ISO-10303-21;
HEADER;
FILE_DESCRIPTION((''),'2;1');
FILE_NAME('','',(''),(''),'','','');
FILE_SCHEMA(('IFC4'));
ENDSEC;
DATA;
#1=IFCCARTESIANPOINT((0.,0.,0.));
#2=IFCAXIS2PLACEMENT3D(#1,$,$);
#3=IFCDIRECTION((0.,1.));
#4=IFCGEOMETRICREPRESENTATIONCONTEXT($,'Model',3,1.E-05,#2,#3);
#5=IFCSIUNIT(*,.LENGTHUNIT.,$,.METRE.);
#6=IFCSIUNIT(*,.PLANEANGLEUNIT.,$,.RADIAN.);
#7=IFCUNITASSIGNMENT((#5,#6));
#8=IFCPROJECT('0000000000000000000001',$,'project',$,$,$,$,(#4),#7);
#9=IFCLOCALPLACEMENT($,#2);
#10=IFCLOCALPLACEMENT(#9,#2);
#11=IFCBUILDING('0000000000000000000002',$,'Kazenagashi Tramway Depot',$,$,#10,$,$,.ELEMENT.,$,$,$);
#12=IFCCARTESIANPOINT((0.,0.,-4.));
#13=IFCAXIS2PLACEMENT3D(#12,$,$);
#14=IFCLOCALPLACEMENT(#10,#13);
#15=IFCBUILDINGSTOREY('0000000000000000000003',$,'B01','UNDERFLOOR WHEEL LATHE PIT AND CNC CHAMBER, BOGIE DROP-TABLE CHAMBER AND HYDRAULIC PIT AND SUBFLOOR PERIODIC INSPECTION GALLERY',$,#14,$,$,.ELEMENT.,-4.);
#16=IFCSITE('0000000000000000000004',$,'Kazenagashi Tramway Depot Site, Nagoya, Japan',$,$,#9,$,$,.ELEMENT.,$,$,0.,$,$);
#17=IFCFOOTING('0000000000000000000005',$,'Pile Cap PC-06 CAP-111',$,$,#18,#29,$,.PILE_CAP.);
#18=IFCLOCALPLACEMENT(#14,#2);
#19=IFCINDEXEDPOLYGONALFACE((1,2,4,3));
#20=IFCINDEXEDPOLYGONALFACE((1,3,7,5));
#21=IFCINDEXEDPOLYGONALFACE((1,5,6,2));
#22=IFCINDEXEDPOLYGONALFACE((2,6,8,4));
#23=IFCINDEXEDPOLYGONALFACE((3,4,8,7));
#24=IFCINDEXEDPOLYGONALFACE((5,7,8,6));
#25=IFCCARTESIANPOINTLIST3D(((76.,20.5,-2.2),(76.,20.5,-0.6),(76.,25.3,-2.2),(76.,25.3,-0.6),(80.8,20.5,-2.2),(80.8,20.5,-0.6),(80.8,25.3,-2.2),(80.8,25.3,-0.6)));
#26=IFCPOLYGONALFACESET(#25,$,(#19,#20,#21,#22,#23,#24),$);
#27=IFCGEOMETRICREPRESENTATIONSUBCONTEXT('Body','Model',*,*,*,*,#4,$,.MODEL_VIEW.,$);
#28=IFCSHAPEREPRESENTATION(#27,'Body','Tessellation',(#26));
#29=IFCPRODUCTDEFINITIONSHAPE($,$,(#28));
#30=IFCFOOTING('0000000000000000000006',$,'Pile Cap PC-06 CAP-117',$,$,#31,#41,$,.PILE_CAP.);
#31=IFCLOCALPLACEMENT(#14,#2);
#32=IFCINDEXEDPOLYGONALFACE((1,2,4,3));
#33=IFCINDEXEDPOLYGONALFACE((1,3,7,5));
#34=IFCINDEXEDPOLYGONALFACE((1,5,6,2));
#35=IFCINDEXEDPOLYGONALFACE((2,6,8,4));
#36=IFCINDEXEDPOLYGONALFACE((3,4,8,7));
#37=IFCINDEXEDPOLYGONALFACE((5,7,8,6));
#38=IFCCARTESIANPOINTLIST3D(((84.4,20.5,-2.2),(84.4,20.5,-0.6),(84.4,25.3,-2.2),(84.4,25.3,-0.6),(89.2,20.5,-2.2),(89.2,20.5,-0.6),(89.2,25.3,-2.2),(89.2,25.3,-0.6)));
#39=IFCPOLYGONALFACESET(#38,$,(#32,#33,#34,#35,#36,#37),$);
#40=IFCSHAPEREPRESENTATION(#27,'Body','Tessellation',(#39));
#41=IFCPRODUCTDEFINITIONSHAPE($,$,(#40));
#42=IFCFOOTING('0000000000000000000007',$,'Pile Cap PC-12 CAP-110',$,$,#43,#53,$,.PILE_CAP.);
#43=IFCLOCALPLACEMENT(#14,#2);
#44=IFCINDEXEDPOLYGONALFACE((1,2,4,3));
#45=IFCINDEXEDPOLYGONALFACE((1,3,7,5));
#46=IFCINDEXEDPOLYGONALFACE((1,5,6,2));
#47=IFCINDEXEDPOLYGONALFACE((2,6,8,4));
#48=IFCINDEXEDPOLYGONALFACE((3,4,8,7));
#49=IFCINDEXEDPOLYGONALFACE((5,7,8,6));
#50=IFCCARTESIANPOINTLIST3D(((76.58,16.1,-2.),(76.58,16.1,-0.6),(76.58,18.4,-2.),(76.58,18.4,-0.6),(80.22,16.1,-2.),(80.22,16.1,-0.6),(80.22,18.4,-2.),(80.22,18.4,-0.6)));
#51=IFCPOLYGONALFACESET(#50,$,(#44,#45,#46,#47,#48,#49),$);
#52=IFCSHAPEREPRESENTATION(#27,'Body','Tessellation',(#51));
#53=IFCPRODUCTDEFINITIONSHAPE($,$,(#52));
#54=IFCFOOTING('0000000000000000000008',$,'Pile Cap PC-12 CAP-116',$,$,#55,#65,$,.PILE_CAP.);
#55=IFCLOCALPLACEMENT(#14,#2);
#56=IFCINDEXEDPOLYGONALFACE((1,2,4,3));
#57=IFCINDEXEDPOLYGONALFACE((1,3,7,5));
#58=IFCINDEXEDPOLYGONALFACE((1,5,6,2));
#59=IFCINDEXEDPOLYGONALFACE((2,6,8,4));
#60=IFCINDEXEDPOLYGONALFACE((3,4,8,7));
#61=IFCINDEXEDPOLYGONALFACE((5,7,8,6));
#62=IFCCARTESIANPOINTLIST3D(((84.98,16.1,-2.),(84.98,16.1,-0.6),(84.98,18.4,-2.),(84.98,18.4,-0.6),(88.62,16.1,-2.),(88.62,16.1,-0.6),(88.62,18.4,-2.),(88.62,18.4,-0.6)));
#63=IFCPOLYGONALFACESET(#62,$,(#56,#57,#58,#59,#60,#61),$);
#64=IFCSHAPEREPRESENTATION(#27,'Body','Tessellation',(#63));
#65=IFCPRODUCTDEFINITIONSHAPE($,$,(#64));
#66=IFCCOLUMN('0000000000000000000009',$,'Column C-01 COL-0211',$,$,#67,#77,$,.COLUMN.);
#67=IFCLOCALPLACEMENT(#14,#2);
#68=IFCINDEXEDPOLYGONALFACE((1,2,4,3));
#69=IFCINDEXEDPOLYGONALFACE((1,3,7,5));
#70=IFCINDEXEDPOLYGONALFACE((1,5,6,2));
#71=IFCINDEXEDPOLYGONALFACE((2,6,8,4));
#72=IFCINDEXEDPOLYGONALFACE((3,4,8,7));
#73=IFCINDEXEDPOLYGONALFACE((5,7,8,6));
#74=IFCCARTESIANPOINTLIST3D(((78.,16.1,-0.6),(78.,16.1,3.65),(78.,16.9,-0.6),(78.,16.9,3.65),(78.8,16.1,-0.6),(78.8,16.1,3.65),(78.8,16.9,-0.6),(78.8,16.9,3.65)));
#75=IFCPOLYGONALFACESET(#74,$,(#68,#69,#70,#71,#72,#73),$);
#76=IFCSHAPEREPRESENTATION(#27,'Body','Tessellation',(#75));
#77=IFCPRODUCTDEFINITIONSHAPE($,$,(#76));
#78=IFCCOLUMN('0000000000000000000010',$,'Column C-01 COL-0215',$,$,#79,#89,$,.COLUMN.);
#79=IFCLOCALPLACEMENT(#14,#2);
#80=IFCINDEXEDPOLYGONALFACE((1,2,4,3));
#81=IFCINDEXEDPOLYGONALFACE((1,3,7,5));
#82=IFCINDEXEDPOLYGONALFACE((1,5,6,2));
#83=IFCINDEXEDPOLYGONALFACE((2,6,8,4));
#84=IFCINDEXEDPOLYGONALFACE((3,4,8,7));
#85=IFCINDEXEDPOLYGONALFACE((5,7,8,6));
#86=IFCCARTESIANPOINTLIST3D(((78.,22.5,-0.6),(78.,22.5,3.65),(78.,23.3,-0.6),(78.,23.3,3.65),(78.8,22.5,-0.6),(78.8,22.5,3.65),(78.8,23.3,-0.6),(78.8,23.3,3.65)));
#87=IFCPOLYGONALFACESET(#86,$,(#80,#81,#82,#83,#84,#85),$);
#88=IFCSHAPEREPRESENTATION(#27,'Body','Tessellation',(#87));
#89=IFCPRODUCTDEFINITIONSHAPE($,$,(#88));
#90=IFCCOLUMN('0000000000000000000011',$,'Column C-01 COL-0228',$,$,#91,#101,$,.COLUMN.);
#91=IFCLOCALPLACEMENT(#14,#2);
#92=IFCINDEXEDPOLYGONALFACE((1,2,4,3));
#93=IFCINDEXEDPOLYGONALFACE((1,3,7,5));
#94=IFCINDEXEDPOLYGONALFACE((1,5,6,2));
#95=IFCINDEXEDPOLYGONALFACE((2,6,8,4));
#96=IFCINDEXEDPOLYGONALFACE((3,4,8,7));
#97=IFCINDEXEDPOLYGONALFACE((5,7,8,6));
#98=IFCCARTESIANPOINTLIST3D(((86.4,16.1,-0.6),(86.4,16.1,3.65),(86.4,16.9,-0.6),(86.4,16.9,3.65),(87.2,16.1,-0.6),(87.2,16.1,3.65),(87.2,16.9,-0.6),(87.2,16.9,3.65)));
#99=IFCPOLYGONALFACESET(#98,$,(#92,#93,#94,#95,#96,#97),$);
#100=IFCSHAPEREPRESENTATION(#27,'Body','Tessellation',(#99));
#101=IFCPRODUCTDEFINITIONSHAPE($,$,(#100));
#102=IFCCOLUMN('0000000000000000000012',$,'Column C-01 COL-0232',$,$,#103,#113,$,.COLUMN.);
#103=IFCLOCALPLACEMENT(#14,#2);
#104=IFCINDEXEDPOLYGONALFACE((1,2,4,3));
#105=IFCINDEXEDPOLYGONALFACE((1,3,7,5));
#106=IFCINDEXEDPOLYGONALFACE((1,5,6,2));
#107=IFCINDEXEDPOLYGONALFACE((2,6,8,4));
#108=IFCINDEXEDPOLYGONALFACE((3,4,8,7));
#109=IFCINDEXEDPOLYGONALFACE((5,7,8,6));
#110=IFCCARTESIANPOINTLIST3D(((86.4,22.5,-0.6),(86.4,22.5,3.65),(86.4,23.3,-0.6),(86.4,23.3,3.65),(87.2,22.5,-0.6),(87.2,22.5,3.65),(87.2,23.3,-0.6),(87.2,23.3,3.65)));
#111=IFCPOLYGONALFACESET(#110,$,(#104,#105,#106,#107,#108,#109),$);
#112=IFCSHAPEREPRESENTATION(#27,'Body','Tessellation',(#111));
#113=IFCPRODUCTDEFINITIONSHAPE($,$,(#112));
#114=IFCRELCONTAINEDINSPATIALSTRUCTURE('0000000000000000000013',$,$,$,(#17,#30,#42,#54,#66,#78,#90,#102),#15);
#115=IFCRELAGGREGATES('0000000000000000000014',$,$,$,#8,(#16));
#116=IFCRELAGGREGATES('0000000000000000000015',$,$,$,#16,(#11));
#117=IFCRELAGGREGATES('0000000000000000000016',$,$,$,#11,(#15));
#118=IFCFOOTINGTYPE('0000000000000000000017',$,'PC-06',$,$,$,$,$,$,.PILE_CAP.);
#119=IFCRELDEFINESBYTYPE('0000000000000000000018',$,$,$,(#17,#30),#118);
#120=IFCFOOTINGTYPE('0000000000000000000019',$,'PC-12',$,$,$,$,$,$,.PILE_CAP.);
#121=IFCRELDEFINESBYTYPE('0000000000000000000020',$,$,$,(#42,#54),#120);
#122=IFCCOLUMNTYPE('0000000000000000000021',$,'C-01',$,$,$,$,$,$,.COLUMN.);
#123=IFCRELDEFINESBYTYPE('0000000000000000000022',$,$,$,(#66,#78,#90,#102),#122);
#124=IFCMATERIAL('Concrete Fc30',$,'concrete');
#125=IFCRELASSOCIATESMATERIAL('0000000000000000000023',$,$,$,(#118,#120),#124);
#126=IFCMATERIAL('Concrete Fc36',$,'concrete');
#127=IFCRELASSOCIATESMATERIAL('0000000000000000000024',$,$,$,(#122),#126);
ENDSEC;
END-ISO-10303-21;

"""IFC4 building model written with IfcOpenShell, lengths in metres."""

from ifc_helpers import new_model, si_unit, direction, frame, origin, origin_2d, place, context, subcontext, project, spatial, rectangle, extrude, material, material_profile, profile_set, type_object, element, save


model = new_model("IFC4")

# Units and contexts
model_context = context("Model", 3, precision=1e-05, world=origin(), true_north=direction((0.0, 1.0)))
body_context = subcontext(model_context, "Body", "Model", "MODEL_VIEW")
ifc_project = project(units=[si_unit("LENGTHUNIT", "METRE"), si_unit("PLANEANGLEUNIT", "RADIAN")], contexts=[model_context])

# Site, building, storey
site_placement = place(None, origin())
site = spatial("IfcSite", under=ifc_project, at=site_placement, Name="Kazenagashi Tramway Depot Site, Nagoya, Japan", CompositionType="ELEMENT", RefElevation=0.0)
building_placement = place(site_placement, origin())
building = spatial("IfcBuilding", under=site, at=building_placement, Name="Kazenagashi Tramway Depot", CompositionType="ELEMENT")
storey_placement = place(building_placement, frame((0.0, 0.0, -4.0)))
storey = spatial("IfcBuildingStorey", under=building, at=storey_placement, Name="B01", Description="UNDERFLOOR WHEEL LATHE PIT AND CNC CHAMBER, BOGIE DROP-TABLE CHAMBER AND HYDRAULIC PIT AND SUBFLOOR PERIODIC INSPECTION GALLERY", CompositionType="ELEMENT", Elevation=-4.0)

# Shared definitions
ifc_material_1 = material(Name="Concrete Fc30", Category="concrete")

# Footings
footing_type_1 = type_object("IfcFootingType", Name="PC-06", PredefinedType="PILE_CAP", material=ifc_material_1)
for number, where, z_axis, x_axis, name in (
    (1, (78.4, 22.9, -2.2), (0.0, 0.0, 1.0), (1.0, 0.0, 0.0), "Pile Cap PC-06 CAP-111"),
    (2, (86.8, 22.9, -2.2), (0.0, 0.0, 1.0), (1.0, 0.0, 0.0), "Pile Cap PC-06 CAP-117"),
):
    element("IfcFooting", number, at=place(storey_placement, frame(where, z_axis=z_axis, x_axis=x_axis)), inside=storey, type_object=footing_type_1, Name=name, PredefinedType="PILE_CAP", context=body_context, shape_type="SweptSolid", body=[
        extrude(rectangle(XDim=4.8, YDim=4.8, at=origin_2d()), origin(), (0.0, 0.0, 1.0), 1.6),
    ])
footing_type_2 = type_object("IfcFootingType", Name="PC-12", PredefinedType="PILE_CAP", material=ifc_material_1)
for number, where, z_axis, x_axis, name in (
    (3, (78.4, 17.25, -2.0), (0.0, 0.0, 1.0), (1.0, 0.0, 0.0), "Pile Cap PC-12 CAP-110"),
    (4, (86.8, 17.25, -2.0), (0.0, 0.0, 1.0), (1.0, 0.0, 0.0), "Pile Cap PC-12 CAP-116"),
):
    element("IfcFooting", number, at=place(storey_placement, frame(where, z_axis=z_axis, x_axis=x_axis)), inside=storey, type_object=footing_type_2, Name=name, PredefinedType="PILE_CAP", context=body_context, shape_type="SweptSolid", body=[
        extrude(rectangle(XDim=3.64, YDim=2.3, at=origin_2d()), origin(), (0.0, 0.0, 1.0), 1.4),
    ])

# Columns
ifc_material_2 = material(Name="Concrete Fc36", Category="concrete")
ifc_material_profile_1 = material_profile(ifc_material_2, rectangle(XDim=0.8, YDim=0.8, at=origin_2d()), Name="RC-800x800")
ifc_profile_set_1 = profile_set([ifc_material_profile_1], Name="Concrete Fc36")
column_type = type_object("IfcColumnType", Name="C-01", PredefinedType="COLUMN", material=ifc_profile_set_1)
for number, where, z_axis, x_axis, name in (
    (5, (78.4, 16.5, -0.6), (0.0, 0.0, 1.0), (1.0, 0.0, 0.0), "Column C-01 COL-0211"),
    (6, (78.4, 22.9, -0.6), (0.0, 0.0, 1.0), (1.0, 0.0, 0.0), "Column C-01 COL-0215"),
    (7, (86.8, 16.5, -0.6), (0.0, 0.0, 1.0), (1.0, 0.0, 0.0), "Column C-01 COL-0228"),
    (8, (86.8, 22.9, -0.6), (0.0, 0.0, 1.0), (1.0, 0.0, 0.0), "Column C-01 COL-0232"),
):
    element("IfcColumn", number, at=place(storey_placement, frame(where, z_axis=z_axis, x_axis=x_axis)), inside=storey, type_object=column_type, Name=name, PredefinedType="COLUMN", context=body_context, shape_type="SweptSolid", body=[
        extrude(rectangle(XDim=0.8, YDim=0.8, at=origin_2d()), origin(), (0.0, 0.0, 1.0), 4.25),
    ])

save(model, "model.ifc")
